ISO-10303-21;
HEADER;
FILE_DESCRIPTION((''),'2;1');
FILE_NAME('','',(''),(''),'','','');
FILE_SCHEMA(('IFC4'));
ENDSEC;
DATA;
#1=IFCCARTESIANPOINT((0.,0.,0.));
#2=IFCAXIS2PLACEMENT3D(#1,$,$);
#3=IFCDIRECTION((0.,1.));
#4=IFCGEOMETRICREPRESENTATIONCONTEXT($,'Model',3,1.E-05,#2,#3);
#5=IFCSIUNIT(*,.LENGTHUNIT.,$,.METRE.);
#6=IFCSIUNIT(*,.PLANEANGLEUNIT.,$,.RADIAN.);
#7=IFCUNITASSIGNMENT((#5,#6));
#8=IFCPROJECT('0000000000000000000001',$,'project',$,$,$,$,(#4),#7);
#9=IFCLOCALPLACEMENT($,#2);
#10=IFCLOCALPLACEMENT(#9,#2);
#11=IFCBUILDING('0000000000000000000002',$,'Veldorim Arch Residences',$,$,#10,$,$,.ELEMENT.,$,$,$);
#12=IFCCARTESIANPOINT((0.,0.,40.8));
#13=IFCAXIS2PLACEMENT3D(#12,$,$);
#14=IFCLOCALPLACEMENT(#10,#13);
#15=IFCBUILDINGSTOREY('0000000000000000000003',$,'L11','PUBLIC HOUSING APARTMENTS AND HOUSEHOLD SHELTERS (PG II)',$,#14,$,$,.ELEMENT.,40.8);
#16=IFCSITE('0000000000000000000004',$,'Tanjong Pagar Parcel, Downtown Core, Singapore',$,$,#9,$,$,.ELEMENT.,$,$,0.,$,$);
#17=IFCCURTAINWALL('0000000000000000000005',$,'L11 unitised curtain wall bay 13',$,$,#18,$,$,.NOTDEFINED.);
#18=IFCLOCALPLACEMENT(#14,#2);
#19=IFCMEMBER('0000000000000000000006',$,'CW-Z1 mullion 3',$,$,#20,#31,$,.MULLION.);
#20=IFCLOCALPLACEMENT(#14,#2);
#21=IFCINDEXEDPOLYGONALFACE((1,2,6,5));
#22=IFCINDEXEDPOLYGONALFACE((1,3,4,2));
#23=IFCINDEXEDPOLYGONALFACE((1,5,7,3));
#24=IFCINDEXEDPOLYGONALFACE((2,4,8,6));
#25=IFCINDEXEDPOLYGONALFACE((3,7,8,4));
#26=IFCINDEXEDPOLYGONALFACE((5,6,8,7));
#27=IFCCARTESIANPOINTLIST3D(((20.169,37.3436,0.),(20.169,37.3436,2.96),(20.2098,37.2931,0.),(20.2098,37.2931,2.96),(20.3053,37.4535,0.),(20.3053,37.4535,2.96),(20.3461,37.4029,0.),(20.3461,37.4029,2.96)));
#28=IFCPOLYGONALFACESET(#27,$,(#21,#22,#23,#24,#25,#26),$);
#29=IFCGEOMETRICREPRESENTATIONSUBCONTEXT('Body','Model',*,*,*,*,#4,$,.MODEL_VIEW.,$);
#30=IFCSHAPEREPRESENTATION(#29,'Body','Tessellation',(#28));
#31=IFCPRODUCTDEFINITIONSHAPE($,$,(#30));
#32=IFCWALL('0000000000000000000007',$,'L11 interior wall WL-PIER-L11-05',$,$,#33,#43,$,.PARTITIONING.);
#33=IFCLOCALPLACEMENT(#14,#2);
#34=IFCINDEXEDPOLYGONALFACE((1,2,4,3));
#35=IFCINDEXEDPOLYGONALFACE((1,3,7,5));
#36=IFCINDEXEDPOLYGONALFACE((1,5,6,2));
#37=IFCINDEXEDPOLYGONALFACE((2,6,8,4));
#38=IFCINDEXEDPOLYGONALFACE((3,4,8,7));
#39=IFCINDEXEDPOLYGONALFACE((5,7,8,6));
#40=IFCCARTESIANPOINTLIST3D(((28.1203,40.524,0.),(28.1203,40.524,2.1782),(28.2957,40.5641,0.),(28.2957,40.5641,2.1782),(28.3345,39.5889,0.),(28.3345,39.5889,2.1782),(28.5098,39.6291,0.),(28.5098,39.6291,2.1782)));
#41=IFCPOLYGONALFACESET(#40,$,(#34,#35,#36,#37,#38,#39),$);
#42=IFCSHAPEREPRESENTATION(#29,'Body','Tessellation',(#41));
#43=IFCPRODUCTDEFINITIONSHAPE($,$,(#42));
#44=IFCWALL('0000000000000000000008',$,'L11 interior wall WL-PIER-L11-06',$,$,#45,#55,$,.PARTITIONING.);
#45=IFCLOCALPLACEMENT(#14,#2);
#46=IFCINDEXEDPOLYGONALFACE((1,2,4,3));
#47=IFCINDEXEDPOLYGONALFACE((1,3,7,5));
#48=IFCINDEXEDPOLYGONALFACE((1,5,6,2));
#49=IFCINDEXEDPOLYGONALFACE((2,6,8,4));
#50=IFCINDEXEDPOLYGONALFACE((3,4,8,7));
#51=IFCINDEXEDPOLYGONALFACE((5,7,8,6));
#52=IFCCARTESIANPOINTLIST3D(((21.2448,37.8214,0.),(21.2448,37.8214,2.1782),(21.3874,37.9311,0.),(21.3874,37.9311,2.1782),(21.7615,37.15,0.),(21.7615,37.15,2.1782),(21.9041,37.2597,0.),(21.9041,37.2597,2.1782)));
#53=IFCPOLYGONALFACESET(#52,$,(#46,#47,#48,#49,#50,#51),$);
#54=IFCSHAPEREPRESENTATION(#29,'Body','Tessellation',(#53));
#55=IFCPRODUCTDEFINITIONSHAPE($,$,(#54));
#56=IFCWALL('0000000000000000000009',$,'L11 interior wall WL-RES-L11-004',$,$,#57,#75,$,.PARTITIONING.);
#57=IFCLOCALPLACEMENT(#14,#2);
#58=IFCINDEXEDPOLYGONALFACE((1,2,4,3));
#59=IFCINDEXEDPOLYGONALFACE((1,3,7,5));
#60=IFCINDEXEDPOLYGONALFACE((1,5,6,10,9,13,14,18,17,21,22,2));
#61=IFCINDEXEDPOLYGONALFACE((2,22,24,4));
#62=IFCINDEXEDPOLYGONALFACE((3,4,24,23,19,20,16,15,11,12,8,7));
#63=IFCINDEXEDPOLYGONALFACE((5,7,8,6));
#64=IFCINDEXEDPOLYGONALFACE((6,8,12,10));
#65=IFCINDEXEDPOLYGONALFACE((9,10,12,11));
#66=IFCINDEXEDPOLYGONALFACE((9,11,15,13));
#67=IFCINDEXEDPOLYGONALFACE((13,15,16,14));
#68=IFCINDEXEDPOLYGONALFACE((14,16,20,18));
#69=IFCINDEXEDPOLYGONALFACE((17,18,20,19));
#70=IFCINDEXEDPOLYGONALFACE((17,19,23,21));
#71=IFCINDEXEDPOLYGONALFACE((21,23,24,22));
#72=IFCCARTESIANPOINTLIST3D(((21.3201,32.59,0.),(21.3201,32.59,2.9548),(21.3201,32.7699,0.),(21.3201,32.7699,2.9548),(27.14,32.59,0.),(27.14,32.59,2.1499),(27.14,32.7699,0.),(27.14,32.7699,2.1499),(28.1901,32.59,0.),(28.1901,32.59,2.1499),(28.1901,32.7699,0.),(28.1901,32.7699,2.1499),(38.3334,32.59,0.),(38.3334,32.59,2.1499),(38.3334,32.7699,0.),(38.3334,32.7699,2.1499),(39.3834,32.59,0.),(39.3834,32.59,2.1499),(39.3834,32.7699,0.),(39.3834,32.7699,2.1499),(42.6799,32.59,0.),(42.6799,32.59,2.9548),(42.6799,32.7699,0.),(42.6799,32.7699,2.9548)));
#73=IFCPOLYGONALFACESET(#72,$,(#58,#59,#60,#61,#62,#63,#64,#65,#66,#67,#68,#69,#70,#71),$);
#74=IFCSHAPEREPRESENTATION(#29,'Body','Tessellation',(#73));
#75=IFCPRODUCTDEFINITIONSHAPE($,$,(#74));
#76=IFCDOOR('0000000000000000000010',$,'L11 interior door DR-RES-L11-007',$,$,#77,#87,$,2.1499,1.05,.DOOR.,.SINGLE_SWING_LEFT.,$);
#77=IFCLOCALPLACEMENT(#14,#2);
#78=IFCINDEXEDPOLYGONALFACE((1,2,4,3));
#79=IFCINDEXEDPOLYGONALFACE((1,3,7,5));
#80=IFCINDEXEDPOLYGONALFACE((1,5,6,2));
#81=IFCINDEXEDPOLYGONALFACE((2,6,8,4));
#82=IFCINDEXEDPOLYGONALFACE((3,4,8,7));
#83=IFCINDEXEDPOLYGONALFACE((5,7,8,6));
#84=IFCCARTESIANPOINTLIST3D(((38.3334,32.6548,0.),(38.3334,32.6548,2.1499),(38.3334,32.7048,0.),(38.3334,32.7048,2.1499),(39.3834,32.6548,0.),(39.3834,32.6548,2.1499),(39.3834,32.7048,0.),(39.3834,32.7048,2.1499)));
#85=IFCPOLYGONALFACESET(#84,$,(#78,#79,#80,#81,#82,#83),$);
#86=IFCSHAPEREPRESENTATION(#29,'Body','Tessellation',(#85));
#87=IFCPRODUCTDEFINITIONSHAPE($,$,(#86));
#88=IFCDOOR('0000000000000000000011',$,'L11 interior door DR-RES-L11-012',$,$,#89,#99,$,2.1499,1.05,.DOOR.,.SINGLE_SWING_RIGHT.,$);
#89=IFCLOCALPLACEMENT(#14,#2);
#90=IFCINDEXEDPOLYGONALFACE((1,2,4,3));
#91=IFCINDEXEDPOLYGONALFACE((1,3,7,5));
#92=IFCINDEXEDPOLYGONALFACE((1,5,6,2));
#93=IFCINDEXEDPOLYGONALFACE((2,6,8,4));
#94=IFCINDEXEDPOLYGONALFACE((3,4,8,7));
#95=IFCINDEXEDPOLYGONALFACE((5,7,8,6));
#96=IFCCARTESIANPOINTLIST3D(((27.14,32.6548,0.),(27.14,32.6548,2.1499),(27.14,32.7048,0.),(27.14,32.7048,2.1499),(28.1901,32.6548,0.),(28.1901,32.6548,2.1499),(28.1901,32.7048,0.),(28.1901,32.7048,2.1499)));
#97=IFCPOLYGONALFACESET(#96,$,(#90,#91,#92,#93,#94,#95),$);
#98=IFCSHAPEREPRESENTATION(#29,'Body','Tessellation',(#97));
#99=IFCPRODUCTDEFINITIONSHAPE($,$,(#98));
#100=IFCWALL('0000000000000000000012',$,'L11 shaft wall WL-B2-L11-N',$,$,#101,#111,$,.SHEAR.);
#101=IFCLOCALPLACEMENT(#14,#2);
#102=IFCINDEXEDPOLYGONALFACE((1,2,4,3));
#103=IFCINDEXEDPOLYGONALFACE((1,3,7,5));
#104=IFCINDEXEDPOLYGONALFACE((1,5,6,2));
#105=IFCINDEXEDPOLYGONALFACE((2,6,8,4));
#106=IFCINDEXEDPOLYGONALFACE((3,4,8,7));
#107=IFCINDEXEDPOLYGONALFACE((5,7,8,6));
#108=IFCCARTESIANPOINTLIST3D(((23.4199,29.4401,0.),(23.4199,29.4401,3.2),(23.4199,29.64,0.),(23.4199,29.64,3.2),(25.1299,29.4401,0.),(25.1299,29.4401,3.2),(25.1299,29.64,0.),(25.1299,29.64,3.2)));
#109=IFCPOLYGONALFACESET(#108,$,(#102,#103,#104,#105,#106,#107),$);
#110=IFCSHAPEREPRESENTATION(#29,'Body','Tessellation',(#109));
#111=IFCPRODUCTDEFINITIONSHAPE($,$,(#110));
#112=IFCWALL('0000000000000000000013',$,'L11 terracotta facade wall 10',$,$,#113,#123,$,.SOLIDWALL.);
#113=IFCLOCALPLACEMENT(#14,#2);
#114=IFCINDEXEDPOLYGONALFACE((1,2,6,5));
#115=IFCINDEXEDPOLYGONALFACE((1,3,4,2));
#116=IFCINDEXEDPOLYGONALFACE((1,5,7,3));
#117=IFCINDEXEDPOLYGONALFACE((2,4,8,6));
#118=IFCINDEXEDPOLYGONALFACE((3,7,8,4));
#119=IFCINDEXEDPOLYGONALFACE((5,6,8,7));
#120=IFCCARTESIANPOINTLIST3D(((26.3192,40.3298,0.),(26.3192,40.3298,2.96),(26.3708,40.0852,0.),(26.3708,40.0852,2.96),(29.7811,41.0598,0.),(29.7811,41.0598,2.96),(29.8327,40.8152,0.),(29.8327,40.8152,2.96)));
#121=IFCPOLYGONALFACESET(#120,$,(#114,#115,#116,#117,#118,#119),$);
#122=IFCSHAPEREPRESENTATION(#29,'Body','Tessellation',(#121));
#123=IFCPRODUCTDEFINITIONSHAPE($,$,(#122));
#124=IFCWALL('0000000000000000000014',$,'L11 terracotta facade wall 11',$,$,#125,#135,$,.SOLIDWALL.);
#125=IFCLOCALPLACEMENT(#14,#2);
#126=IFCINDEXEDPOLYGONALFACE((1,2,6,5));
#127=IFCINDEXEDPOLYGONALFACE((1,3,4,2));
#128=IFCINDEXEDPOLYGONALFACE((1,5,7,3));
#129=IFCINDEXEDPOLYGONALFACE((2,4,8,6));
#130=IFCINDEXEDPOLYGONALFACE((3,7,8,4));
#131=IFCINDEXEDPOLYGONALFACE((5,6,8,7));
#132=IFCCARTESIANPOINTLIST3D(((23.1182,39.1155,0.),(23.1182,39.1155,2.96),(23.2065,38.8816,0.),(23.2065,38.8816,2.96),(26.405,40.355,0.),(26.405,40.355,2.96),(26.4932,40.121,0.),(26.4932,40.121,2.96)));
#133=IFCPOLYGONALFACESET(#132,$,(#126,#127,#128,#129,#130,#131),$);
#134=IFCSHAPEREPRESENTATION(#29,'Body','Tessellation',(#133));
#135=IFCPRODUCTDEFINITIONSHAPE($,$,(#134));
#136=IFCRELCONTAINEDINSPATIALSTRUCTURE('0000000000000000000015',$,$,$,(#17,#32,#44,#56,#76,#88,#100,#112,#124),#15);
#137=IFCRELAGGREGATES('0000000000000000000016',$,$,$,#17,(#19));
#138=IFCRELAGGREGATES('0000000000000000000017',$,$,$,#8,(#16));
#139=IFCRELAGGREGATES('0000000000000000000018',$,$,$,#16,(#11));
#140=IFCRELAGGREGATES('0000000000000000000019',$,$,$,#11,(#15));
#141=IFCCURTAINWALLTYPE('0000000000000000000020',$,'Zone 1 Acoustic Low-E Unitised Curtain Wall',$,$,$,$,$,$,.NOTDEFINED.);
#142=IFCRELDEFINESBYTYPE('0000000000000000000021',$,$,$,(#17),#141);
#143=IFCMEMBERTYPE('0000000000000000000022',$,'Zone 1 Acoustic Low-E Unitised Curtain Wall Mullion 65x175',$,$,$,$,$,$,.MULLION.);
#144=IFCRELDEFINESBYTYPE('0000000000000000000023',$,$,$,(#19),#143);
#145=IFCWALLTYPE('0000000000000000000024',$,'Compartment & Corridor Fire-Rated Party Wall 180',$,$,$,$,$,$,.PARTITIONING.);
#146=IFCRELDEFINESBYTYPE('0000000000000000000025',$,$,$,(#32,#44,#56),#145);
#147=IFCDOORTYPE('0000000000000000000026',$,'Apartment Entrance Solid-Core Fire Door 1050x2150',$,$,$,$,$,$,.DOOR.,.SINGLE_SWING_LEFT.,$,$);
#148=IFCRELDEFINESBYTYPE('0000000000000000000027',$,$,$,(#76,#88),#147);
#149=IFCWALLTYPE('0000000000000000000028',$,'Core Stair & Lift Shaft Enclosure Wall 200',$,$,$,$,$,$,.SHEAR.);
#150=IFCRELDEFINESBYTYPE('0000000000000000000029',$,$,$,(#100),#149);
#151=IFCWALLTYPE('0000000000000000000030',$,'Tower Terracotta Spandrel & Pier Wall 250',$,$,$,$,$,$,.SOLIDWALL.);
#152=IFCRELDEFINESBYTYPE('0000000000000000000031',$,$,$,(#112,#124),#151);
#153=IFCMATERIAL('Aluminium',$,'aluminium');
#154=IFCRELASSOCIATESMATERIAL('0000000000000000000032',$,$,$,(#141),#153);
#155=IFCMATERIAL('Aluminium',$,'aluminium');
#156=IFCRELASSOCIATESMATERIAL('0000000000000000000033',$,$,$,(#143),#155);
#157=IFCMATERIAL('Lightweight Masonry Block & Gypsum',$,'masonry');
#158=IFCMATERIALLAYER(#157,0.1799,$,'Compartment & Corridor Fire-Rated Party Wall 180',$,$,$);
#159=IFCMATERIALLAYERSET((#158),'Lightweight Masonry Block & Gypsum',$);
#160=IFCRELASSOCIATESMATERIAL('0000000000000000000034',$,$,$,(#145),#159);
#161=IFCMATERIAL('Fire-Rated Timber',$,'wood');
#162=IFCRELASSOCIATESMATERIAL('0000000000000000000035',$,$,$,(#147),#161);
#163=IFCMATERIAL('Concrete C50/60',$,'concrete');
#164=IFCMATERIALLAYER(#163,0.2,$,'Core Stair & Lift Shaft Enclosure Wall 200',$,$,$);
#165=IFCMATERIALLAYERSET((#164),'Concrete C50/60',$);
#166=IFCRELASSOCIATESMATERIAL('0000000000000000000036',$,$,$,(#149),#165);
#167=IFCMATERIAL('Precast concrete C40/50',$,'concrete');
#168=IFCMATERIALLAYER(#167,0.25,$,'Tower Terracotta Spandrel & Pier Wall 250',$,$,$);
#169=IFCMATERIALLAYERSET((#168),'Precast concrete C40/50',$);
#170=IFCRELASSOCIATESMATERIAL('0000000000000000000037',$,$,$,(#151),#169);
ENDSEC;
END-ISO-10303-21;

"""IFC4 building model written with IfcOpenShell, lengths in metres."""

from ifc_helpers import new_model, si_unit, direction, frame, frame_2d, origin, origin_2d, place, context, subcontext, project, spatial, rectangle, extrude, material, layer, layer_set, material_profile, profile_set, type_object, element, fill, aggregate, save


model = new_model("IFC4")

# Units and contexts
model_context = context("Model", 3, precision=1e-05, world=origin(), true_north=direction((0.0, 1.0)))
body_context = subcontext(model_context, "Body", "Model", "MODEL_VIEW")
ifc_project = project(units=[si_unit("LENGTHUNIT", "METRE"), si_unit("PLANEANGLEUNIT", "RADIAN")], contexts=[model_context])

# Site, building, storey
site_placement = place(None, origin())
site = spatial("IfcSite", under=ifc_project, at=site_placement, Name="Tanjong Pagar Parcel, Downtown Core, Singapore", CompositionType="ELEMENT", RefElevation=0.0)
building_placement = place(site_placement, origin())
building = spatial("IfcBuilding", under=site, at=building_placement, Name="Veldorim Arch Residences", CompositionType="ELEMENT")
storey_placement = place(building_placement, frame((0.0, 0.0, 40.8)))
storey = spatial("IfcBuildingStorey", under=building, at=storey_placement, Name="L11", Description="PUBLIC HOUSING APARTMENTS AND HOUSEHOLD SHELTERS (PG II)", CompositionType="ELEMENT", Elevation=40.8)

# Curtain wall, member
ifc_material_1 = material(Name="Aluminium", Category="aluminium")
curtain_wall_type = type_object("IfcCurtainWallType", Name="Zone 1 Acoustic Low-E Unitised Curtain Wall", PredefinedType="NOTDEFINED", material=ifc_material_1)
curtain_wall_placement = place(storey_placement, origin())
curtain_wall = element("IfcCurtainWall", 1, at=curtain_wall_placement, inside=storey, type_object=curtain_wall_type, Name="L11 unitised curtain wall bay 13", PredefinedType="NOTDEFINED")
ifc_material_2 = material(Name="Aluminium", Category="aluminium")
ifc_material_profile_1 = material_profile(ifc_material_2, rectangle(XDim=0.0649, YDim=0.175, at=origin_2d()), Name="ALU_MUL_65x175")
ifc_profile_set_1 = profile_set([ifc_material_profile_1], Name="Aluminium")
member_type = type_object("IfcMemberType", Name="Zone 1 Acoustic Low-E Unitised Curtain Wall Mullion 65x175", PredefinedType="MULLION", material=ifc_profile_set_1)
member_placement = place(storey_placement, frame((20.2576, 37.3733, 0.0), z_axis=(0.0, 0.0, 1.0), x_axis=(-0.627562, 0.778567, 0.0)))
member = element("IfcMember", 2, at=member_placement, type_object=member_type, Name="CW-Z1 mullion 3", PredefinedType="MULLION", context=body_context, shape_type="SweptSolid", body=[
    extrude(rectangle(XDim=0.0649, YDim=0.175, at=origin_2d()), origin(), (0.0, 0.0, 1.0), 2.96),
])
aggregate(curtain_wall, [member])

# Walls
ifc_material_3 = material(Name="Lightweight Masonry Block & Gypsum", Category="masonry")
ifc_layer_1 = layer(ifc_material_3, 0.1799, Name="Compartment & Corridor Fire-Rated Party Wall 180")
ifc_layer_set_1 = layer_set([ifc_layer_1], Name="Lightweight Masonry Block & Gypsum")
wall_type_1 = type_object("IfcWallType", Name="Compartment & Corridor Fire-Rated Party Wall 180", PredefinedType="PARTITIONING", material=ifc_layer_set_1)
wall_1_placement = place(storey_placement, frame((28.4221, 39.6091, 0.0), z_axis=(0.0, 0.0, 1.0), x_axis=(-0.223205, 0.974772, 0.0)))
element("IfcWall", 3, at=wall_1_placement, inside=storey, type_object=wall_type_1, Name="L11 interior wall WL-PIER-L11-05", PredefinedType="PARTITIONING", context=body_context, shape_type="SweptSolid", body=[
    extrude(rectangle(XDim=0.9592, YDim=0.1799, at=frame_2d((0.4795, 0.0))), origin(), (0.0, 0.0, 1.0), 2.1782),
])
wall_2_placement = place(storey_placement, frame((21.8328, 37.2048, 0.0), z_axis=(0.0, 0.0, 1.0), x_axis=(-0.609822, 0.792538, 0.0)))
element("IfcWall", 4, at=wall_2_placement, inside=storey, type_object=wall_type_1, Name="L11 interior wall WL-PIER-L11-06", PredefinedType="PARTITIONING", context=body_context, shape_type="SweptSolid", body=[
    extrude(rectangle(XDim=0.8472, YDim=0.1799, at=frame_2d((0.4236, 0.0))), origin(), (0.0, 0.0, 1.0), 2.1782),
])

# Wall, openings, doors
wall_3_placement = place(storey_placement, frame((21.3201, 32.6799, 0.0), z_axis=(0.0, 0.0, 1.0), x_axis=(1.0, 0.0, 0.0)))
wall_3 = element("IfcWall", 5, at=wall_3_placement, inside=storey, type_object=wall_type_1, Name="L11 interior wall WL-RES-L11-004", PredefinedType="PARTITIONING", context=body_context, shape_type="SweptSolid", body=[
    extrude(rectangle(XDim=21.3599, YDim=0.1799, at=frame_2d((10.6799, 0.0))), origin(), (0.0, 0.0, 1.0), 2.9548),
])
opening_1_placement = place(wall_3_placement, frame((17.0134, 0.0, 0.0)))
opening_1 = element("IfcOpeningElement", 6, at=opening_1_placement, cuts=wall_3, PredefinedType="OPENING", context=body_context, shape_type="SweptSolid", body=[
    extrude(rectangle(XDim=1.05, YDim=2.1499, at=frame_2d((0.5249, 1.075))), frame((0.0, 0.0999, 0.0), z_axis=(0.0, -1.0, 0.0), x_axis=(1.0, 0.0, 0.0)), (0.0, 0.0, 1.0), 0.2),
])
opening_2_placement = place(wall_3_placement, frame((5.8201, 0.0, 0.0)))
opening_2 = element("IfcOpeningElement", 7, at=opening_2_placement, cuts=wall_3, PredefinedType="OPENING", context=body_context, shape_type="SweptSolid", body=[
    extrude(rectangle(XDim=1.05, YDim=2.1499, at=frame_2d((0.5249, 1.075))), frame((0.0, 0.0999, 0.0), z_axis=(0.0, -1.0, 0.0), x_axis=(1.0, 0.0, 0.0)), (0.0, 0.0, 1.0), 0.2),
])
ifc_material_4 = material(Name="Fire-Rated Timber", Category="wood")
door_type_1 = type_object("IfcDoorType", Name="Apartment Entrance Solid-Core Fire Door 1050x2150", OperationType="SINGLE_SWING_LEFT", PredefinedType="DOOR", material=ifc_material_4)
door_1_placement = place(opening_1_placement, origin())
door_1 = element("IfcDoor", 8, at=door_1_placement, inside=storey, type_object=door_type_1, Name="L11 interior door DR-RES-L11-007", OperationType="SINGLE_SWING_LEFT", OverallHeight=2.1499, OverallWidth=1.05, PredefinedType="DOOR", context=body_context, shape_type="SweptSolid", body=[
    extrude(rectangle(XDim=1.05, YDim=2.1499, at=frame_2d((0.5249, 1.075))), frame((0.0, 0.0249, 0.0), z_axis=(0.0, -1.0, 0.0), x_axis=(1.0, 0.0, 0.0)), (0.0, 0.0, 1.0), 0.05),
])
fill(opening_1, door_1)
door_2_placement = place(opening_2_placement, origin())
door_2 = element("IfcDoor", 9, at=door_2_placement, inside=storey, type_object=door_type_1, Name="L11 interior door DR-RES-L11-012", OperationType="SINGLE_SWING_RIGHT", OverallHeight=2.1499, OverallWidth=1.05, PredefinedType="DOOR", context=body_context, shape_type="SweptSolid", body=[
    extrude(rectangle(XDim=1.05, YDim=2.1499, at=frame_2d((0.5249, 1.075))), frame((0.0, 0.0249, 0.0), z_axis=(0.0, -1.0, 0.0), x_axis=(1.0, 0.0, 0.0)), (0.0, 0.0, 1.0), 0.05),
])
fill(opening_2, door_2)

# Wall
ifc_material_5 = material(Name="Concrete C50/60", Category="concrete")
ifc_layer_2 = layer(ifc_material_5, 0.2, Name="Core Stair & Lift Shaft Enclosure Wall 200")
ifc_layer_set_2 = layer_set([ifc_layer_2], Name="Concrete C50/60")
wall_type_2 = type_object("IfcWallType", Name="Core Stair & Lift Shaft Enclosure Wall 200", PredefinedType="SHEAR", material=ifc_layer_set_2)
wall_4_placement = place(storey_placement, frame((23.4199, 29.54, 0.0), z_axis=(0.0, 0.0, 1.0), x_axis=(1.0, 0.0, 0.0)))
element("IfcWall", 10, at=wall_4_placement, inside=storey, type_object=wall_type_2, Name="L11 shaft wall WL-B2-L11-N", PredefinedType="SHEAR", context=body_context, shape_type="SweptSolid", body=[
    extrude(rectangle(XDim=1.71, YDim=0.2, at=frame_2d((0.855, 0.0))), origin(), (0.0, 0.0, 1.0), 3.2),
])

# Walls
ifc_material_6 = material(Name="Precast concrete C40/50", Category="concrete")
ifc_layer_3 = layer(ifc_material_6, 0.25, Name="Tower Terracotta Spandrel & Pier Wall 250")
ifc_layer_set_3 = layer_set([ifc_layer_3], Name="Precast concrete C40/50")
wall_type_3 = type_object("IfcWallType", Name="Tower Terracotta Spandrel & Pier Wall 250", PredefinedType="SOLIDWALL", material=ifc_layer_set_3)
wall_5_placement = place(storey_placement, frame((26.345, 40.2075, 0.0), z_axis=(0.0, 0.0, 1.0), x_axis=(0.978484, 0.206323, 0.0)))
element("IfcWall", 11, at=wall_5_placement, inside=storey, type_object=wall_type_3, Name="L11 terracotta facade wall 10", PredefinedType="SOLIDWALL", context=body_context, shape_type="SweptSolid", body=[
    extrude(rectangle(XDim=3.5381, YDim=0.25, at=frame_2d((1.769, 0.0))), origin(), (0.0, 0.0, 1.0), 2.96),
])
wall_6_placement = place(storey_placement, frame((23.1624, 38.9985, 0.0), z_axis=(0.0, 0.0, 1.0), x_axis=(0.935679, 0.352852, 0.0)))
element("IfcWall", 12, at=wall_6_placement, inside=storey, type_object=wall_type_3, Name="L11 terracotta facade wall 11", PredefinedType="SOLIDWALL", context=body_context, shape_type="SweptSolid", body=[
    extrude(rectangle(XDim=3.5127, YDim=0.25, at=frame_2d((1.7563, 0.0))), origin(), (0.0, 0.0, 1.0), 2.96),
])

save(model, "model.ifc")
